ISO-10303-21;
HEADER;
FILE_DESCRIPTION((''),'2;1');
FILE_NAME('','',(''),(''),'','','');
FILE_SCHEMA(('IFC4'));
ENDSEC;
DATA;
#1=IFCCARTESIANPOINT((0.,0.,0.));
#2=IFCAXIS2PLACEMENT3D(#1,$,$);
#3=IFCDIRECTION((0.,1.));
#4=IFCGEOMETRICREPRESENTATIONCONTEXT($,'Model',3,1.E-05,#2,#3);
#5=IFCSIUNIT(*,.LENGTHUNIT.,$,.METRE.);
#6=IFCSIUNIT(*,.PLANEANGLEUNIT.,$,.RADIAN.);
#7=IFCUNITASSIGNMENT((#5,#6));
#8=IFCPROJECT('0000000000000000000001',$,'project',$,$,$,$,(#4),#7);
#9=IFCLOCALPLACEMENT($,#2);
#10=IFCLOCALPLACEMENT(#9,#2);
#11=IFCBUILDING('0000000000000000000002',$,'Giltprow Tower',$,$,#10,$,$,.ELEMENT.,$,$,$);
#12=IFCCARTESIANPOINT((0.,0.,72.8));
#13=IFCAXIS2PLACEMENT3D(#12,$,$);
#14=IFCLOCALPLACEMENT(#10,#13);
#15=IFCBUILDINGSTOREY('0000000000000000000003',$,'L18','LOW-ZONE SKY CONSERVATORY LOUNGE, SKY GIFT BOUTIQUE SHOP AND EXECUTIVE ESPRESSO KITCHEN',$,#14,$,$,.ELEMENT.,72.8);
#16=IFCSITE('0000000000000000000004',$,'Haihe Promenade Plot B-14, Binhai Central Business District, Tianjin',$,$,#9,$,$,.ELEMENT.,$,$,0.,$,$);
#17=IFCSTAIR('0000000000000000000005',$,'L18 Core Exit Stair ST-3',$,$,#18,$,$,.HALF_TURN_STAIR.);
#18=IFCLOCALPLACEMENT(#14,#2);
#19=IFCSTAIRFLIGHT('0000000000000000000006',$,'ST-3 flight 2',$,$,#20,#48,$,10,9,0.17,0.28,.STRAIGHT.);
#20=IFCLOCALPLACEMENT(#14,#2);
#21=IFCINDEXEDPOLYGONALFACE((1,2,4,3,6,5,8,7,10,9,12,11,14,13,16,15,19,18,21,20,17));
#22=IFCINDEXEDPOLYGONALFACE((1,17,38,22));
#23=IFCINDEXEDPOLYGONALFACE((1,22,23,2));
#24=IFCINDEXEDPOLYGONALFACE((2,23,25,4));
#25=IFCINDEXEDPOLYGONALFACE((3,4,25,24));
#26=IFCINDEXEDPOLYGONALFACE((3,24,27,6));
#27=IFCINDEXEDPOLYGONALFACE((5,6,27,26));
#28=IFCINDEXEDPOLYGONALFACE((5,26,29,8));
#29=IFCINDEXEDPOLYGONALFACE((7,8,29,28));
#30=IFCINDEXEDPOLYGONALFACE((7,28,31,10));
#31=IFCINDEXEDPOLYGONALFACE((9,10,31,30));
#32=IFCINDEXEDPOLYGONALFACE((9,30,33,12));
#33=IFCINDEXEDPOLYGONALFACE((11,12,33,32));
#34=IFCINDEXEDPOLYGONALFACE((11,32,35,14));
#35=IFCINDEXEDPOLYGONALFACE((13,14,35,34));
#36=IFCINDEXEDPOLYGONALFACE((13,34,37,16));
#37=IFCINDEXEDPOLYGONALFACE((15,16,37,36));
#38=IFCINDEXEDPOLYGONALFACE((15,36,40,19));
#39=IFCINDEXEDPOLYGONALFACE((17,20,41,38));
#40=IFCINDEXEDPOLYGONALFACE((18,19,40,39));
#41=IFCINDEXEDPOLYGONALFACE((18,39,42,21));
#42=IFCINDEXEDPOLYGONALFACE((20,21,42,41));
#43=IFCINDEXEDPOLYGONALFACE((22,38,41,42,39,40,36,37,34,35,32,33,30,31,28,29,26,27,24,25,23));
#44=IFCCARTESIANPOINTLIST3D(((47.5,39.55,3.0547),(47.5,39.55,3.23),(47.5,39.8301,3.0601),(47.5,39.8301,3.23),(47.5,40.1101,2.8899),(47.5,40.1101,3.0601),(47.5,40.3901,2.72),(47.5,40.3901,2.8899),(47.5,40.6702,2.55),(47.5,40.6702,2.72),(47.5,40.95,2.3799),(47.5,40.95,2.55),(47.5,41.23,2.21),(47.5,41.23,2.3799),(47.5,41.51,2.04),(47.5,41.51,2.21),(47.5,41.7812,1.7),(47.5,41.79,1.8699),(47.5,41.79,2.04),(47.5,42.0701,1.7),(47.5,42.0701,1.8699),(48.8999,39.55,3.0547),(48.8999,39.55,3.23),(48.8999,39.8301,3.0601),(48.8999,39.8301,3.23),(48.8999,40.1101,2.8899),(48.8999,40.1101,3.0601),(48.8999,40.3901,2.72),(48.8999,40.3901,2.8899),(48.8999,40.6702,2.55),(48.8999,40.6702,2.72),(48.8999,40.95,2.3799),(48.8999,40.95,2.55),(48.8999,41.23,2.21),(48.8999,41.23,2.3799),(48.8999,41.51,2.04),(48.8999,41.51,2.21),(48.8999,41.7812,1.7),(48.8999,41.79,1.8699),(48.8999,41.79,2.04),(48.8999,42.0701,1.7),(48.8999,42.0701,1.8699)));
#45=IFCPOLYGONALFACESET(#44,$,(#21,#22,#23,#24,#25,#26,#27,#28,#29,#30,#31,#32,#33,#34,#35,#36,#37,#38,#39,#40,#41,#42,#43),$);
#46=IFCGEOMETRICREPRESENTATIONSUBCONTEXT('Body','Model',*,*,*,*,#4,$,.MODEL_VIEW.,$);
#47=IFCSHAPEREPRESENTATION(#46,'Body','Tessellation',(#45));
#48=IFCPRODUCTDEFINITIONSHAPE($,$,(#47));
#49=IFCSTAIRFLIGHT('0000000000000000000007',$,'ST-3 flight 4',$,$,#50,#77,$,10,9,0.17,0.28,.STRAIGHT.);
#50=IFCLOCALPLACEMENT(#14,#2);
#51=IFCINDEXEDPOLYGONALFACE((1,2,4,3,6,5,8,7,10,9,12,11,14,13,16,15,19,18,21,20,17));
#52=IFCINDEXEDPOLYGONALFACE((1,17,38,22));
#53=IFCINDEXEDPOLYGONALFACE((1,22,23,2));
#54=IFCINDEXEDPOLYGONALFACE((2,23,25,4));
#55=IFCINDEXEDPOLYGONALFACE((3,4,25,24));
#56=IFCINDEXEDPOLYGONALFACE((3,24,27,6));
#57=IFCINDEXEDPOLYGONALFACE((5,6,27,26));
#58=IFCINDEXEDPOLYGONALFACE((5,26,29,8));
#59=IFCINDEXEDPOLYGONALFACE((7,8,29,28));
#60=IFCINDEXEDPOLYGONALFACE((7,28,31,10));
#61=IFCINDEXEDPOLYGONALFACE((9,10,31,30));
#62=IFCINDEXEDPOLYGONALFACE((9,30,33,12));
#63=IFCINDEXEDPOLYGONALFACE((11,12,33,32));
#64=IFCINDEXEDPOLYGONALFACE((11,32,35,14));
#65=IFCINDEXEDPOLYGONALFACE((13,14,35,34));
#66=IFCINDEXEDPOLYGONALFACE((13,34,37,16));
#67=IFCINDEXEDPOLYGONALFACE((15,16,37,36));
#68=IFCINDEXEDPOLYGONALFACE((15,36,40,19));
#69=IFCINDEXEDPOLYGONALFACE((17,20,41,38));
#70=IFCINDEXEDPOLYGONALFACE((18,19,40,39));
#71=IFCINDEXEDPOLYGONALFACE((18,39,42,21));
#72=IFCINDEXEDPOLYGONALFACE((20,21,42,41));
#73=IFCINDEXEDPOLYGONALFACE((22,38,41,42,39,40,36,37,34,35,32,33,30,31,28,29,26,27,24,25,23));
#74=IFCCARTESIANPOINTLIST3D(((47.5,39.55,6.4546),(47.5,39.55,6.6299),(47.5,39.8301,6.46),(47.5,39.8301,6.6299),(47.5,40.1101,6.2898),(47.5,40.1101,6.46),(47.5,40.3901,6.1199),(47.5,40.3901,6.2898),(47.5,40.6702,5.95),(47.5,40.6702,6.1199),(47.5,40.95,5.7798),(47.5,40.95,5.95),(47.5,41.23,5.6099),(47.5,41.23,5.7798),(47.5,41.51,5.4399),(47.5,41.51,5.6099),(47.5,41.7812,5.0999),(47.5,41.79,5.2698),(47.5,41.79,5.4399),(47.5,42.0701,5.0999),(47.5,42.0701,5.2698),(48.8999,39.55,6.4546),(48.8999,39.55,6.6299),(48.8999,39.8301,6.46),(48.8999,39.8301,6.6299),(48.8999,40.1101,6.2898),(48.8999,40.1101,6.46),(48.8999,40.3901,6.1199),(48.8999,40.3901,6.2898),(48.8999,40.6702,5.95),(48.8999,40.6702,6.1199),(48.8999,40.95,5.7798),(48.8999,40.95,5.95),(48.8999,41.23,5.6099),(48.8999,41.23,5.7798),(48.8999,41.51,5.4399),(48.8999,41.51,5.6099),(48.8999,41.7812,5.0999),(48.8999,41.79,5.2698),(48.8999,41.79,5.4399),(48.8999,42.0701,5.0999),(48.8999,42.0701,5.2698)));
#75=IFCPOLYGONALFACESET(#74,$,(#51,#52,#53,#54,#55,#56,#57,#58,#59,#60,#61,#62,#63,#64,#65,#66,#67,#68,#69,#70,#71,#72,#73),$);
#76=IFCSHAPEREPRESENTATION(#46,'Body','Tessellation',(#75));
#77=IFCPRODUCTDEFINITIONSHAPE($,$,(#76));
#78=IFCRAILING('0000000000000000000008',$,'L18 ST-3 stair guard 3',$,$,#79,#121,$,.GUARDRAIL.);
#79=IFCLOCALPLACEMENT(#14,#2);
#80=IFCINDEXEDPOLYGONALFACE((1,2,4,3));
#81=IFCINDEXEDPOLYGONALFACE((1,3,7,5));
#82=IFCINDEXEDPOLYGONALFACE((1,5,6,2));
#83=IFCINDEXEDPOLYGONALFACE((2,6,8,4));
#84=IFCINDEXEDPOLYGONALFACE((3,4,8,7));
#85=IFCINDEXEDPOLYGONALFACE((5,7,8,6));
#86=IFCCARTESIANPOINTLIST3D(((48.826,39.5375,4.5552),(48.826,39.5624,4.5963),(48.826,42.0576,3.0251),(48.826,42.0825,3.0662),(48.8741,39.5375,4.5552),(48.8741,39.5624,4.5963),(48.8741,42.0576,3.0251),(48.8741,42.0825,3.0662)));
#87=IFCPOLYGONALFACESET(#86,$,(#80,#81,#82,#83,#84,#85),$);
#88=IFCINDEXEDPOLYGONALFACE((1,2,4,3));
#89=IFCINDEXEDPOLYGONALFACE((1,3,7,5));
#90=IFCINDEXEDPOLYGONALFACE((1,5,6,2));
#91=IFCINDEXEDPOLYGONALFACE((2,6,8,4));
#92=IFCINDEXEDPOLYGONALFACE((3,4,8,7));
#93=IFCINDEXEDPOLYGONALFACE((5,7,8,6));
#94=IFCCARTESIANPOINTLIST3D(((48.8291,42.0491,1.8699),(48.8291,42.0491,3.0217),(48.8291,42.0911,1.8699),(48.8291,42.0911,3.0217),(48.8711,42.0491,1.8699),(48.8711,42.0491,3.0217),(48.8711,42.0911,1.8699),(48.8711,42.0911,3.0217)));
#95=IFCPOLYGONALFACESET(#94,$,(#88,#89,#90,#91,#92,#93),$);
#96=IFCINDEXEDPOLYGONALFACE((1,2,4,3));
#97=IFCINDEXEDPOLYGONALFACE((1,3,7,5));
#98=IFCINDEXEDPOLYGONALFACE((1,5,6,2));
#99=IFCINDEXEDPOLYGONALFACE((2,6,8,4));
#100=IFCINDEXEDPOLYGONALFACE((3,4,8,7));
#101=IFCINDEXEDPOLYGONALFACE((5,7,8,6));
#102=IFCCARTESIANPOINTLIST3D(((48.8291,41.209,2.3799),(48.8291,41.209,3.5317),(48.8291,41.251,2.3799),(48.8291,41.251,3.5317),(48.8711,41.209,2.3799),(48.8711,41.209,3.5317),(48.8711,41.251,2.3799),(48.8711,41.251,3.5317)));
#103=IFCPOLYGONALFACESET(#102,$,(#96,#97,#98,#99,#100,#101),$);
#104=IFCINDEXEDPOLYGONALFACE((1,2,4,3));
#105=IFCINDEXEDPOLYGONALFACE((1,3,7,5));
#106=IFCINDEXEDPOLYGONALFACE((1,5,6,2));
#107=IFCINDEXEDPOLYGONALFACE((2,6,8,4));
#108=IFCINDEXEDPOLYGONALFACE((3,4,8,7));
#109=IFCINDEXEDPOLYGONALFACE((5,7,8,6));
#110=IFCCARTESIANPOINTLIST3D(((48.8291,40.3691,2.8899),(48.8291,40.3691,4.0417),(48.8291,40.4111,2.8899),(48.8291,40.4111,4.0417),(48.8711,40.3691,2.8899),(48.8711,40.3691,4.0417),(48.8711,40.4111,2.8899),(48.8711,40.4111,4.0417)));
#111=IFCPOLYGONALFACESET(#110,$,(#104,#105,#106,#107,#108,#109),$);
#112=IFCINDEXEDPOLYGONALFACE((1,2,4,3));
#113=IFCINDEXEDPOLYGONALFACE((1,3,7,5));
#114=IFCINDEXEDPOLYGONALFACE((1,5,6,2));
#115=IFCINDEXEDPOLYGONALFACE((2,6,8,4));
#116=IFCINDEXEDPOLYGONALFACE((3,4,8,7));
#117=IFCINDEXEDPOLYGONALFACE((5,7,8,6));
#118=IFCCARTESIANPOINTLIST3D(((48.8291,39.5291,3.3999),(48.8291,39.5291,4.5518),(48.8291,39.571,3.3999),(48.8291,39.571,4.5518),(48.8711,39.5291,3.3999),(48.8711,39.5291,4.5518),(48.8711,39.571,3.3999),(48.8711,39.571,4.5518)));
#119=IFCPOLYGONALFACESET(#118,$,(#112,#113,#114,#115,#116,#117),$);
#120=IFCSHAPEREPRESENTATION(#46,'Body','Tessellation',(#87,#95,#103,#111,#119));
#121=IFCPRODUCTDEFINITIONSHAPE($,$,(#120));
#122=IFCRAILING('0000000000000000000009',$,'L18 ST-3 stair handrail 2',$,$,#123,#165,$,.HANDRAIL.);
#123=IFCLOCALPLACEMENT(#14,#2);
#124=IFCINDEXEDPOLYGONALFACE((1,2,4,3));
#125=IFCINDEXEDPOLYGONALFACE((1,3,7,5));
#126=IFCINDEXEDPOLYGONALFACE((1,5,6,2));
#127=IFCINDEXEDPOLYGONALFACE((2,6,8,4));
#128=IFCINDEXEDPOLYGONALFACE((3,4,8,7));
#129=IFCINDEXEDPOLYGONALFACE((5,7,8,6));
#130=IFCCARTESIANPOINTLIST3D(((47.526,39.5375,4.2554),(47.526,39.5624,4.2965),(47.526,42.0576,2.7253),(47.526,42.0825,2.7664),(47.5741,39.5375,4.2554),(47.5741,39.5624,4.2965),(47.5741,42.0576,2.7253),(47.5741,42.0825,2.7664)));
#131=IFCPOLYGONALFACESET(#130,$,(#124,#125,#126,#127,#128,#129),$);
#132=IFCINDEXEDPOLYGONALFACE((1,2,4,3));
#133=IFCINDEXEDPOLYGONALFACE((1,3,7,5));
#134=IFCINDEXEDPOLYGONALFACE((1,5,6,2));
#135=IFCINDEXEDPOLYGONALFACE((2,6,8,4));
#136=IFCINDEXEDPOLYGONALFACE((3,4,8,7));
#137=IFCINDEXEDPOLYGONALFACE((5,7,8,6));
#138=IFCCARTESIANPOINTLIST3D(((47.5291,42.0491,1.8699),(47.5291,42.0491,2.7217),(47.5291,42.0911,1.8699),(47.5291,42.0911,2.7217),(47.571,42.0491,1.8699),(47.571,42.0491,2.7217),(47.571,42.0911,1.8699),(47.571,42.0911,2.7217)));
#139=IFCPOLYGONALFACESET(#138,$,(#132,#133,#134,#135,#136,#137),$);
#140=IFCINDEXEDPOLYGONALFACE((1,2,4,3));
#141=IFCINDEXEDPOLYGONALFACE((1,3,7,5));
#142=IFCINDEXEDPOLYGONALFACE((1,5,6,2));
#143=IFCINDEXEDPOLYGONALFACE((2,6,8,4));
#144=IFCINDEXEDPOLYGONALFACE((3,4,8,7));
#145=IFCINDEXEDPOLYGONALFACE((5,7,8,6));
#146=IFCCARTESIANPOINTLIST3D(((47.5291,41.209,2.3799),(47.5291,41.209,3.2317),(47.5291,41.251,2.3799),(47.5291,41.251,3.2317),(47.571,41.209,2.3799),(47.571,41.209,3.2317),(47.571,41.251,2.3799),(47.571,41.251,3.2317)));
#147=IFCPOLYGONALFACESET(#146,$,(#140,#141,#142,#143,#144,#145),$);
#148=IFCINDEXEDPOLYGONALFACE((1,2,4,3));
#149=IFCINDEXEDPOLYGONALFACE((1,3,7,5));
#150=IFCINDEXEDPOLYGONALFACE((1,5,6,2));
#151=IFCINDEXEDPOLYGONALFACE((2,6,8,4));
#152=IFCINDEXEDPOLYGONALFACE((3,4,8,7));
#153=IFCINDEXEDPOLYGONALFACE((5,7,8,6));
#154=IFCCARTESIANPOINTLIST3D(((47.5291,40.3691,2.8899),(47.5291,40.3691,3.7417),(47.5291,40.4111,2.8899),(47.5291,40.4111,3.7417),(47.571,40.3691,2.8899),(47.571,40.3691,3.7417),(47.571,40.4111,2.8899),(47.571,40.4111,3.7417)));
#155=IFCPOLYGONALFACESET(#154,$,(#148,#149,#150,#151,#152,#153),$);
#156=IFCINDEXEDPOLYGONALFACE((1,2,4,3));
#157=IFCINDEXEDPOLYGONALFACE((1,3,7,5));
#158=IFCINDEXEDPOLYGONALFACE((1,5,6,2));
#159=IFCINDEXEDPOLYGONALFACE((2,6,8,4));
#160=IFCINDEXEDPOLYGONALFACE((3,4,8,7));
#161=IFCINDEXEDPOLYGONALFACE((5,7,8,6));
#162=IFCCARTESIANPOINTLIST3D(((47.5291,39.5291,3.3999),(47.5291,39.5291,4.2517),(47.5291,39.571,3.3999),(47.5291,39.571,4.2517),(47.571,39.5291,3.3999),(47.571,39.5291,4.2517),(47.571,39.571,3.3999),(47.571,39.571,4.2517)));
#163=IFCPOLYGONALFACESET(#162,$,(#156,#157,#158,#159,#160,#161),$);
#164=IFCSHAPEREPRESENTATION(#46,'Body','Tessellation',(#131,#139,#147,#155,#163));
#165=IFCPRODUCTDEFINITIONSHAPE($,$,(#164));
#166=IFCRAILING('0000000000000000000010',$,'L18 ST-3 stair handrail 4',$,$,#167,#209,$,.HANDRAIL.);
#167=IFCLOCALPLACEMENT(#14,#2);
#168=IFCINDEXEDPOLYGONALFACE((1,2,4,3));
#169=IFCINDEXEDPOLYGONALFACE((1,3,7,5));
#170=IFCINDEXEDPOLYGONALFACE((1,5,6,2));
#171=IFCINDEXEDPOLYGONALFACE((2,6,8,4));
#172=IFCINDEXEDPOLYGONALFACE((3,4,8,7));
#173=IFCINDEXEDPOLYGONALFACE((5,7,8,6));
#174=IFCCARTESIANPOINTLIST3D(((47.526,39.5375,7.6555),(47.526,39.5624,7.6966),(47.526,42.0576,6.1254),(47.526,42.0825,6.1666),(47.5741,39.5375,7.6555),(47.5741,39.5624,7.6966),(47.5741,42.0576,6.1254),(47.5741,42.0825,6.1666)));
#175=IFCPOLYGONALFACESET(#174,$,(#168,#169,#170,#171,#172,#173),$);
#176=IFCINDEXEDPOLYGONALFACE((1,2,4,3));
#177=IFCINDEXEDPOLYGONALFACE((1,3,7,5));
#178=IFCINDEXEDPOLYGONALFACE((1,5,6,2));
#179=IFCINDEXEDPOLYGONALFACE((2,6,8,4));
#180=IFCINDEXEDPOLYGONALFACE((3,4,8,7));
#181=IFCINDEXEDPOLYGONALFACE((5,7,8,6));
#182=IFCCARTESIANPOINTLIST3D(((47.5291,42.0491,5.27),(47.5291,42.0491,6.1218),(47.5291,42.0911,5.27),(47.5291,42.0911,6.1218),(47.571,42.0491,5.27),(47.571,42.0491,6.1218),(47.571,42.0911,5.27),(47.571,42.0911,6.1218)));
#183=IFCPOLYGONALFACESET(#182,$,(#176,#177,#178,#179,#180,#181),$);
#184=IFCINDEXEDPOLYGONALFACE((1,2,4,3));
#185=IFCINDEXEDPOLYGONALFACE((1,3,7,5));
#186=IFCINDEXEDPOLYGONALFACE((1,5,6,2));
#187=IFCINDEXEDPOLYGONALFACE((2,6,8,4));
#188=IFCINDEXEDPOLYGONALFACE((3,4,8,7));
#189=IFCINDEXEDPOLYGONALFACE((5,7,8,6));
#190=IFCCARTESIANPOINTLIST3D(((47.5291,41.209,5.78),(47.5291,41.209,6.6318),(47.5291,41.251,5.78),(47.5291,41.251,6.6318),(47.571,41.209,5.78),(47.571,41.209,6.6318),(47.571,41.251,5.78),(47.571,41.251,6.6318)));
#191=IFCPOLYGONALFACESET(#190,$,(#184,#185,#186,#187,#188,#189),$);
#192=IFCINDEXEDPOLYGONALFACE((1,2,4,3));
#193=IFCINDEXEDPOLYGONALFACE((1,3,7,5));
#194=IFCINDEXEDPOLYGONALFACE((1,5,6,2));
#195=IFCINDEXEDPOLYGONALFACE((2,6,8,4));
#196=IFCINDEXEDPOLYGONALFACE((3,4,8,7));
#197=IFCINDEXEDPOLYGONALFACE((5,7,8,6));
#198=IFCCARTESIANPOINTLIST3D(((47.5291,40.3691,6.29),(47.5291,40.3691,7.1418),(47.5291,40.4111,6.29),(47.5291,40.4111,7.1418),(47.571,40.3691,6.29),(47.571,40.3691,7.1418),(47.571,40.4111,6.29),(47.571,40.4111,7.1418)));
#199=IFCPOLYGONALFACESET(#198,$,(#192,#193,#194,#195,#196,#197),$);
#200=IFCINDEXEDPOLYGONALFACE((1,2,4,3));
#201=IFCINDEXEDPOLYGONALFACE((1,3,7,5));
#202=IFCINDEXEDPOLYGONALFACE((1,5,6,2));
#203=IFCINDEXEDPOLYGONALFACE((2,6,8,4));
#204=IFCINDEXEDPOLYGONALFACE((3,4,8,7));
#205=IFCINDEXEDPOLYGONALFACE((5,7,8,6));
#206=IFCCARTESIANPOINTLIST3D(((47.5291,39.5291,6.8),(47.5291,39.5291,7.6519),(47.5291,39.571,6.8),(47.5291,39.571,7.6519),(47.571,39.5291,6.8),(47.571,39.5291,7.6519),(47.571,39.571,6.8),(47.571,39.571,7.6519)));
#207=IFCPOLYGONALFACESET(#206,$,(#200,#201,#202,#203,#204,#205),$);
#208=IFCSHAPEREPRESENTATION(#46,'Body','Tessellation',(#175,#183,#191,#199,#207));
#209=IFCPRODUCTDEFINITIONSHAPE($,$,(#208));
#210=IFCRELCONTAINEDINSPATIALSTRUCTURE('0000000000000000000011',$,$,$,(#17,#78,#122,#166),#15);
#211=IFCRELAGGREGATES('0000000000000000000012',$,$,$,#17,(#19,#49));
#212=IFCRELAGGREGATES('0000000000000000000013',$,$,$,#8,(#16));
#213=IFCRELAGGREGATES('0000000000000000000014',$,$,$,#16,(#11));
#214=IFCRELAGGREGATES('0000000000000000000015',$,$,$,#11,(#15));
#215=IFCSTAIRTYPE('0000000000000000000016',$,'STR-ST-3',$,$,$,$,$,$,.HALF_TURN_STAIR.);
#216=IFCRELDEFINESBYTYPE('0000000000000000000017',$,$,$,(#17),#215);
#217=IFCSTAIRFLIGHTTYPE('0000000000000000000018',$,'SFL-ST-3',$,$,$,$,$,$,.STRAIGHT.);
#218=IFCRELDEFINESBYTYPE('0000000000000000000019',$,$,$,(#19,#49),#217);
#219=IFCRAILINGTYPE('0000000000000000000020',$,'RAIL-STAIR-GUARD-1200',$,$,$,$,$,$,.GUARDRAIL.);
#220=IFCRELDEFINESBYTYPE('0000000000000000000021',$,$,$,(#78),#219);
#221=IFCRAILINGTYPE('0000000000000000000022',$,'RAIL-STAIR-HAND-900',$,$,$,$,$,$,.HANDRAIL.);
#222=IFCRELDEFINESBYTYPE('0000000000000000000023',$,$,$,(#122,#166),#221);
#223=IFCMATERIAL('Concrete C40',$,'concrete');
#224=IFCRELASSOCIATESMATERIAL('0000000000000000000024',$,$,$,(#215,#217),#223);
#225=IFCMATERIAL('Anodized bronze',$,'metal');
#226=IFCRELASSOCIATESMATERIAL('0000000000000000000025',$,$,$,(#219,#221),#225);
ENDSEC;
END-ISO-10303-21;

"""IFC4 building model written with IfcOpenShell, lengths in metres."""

from ifc_helpers import new_model, si_unit, direction, frame, origin, origin_2d, place, context, subcontext, project, spatial, polyline, rectangle, outline, extrude, material, type_object, element, aggregate, save


model = new_model("IFC4")

# Units and contexts
model_context = context("Model", 3, precision=1e-05, world=origin(), true_north=direction((0.0, 1.0)))
body_context = subcontext(model_context, "Body", "Model", "MODEL_VIEW")
ifc_project = project(units=[si_unit("LENGTHUNIT", "METRE"), si_unit("PLANEANGLEUNIT", "RADIAN")], contexts=[model_context])

# Site, building, storey
site_placement = place(None, origin())
site = spatial("IfcSite", under=ifc_project, at=site_placement, Name="Haihe Promenade Plot B-14, Binhai Central Business District, Tianjin", CompositionType="ELEMENT", RefElevation=0.0)
building_placement = place(site_placement, origin())
building = spatial("IfcBuilding", under=site, at=building_placement, Name="Giltprow Tower", CompositionType="ELEMENT")
storey_placement = place(building_placement, frame((0.0, 0.0, 72.8)))
storey = spatial("IfcBuildingStorey", under=building, at=storey_placement, Name="L18", Description="LOW-ZONE SKY CONSERVATORY LOUNGE, SKY GIFT BOUTIQUE SHOP AND EXECUTIVE ESPRESSO KITCHEN", CompositionType="ELEMENT", Elevation=72.8)

# Shared definitions
ifc_material_1 = material(Name="Concrete C40", Category="concrete")

# Stair, stair flights
stair_type = type_object("IfcStairType", Name="STR-ST-3", PredefinedType="HALF_TURN_STAIR", material=ifc_material_1)
stair_placement = place(storey_placement, origin())
stair = element("IfcStair", 1, at=stair_placement, inside=storey, type_object=stair_type, Name="L18 Core Exit Stair ST-3", PredefinedType="HALF_TURN_STAIR")
stair_flight_type = type_object("IfcStairFlightType", Name="SFL-ST-3", PredefinedType="STRAIGHT", material=ifc_material_1)
stair_flight_1_placement = place(storey_placement, frame((48.2, 42.0701, 1.7), z_axis=(0.0, 0.0, 1.0), x_axis=(0.0, -1.0, 0.0)))
stair_flight_1 = element("IfcStairFlight", 2, at=stair_flight_1_placement, type_object=stair_flight_type, Name="ST-3 flight 2", NumberOfRisers=10, NumberOfTreads=9, PredefinedType="STRAIGHT", RiserHeight=0.17, TreadLength=0.28, context=body_context, shape_type="SweptSolid", body=[
    extrude(outline(polyline([(0.0, 0.0), (0.0, 0.1699), (0.28, 0.1699), (0.28, 0.3401), (0.5601, 0.3401), (0.5601, 0.51), (0.8401, 0.51), (0.8401, 0.6799), (1.1201, 0.6799), (1.1201, 0.8501), (1.3999, 0.8501), (1.3999, 1.02), (1.6799, 1.02), (1.6799, 1.1899), (1.96, 1.1899), (1.96, 1.3601), (2.24, 1.3601), (2.24, 1.53), (2.52, 1.53), (2.52, 1.7), (2.52, 1.3547), (0.2888, 0.0), (0.0, 0.0)])), frame((0.0, 0.7, 0.0), z_axis=(0.0, -1.0, 0.0), x_axis=(1.0, 0.0, 0.0)), (0.0, 0.0, 1.0), 1.3999),
])
stair_flight_2_placement = place(storey_placement, frame((48.2, 42.0701, 5.0999), z_axis=(0.0, 0.0, 1.0), x_axis=(0.0, -1.0, 0.0)))
stair_flight_2 = element("IfcStairFlight", 3, at=stair_flight_2_placement, type_object=stair_flight_type, Name="ST-3 flight 4", NumberOfRisers=10, NumberOfTreads=9, PredefinedType="STRAIGHT", RiserHeight=0.17, TreadLength=0.28, context=body_context, shape_type="SweptSolid", body=[
    extrude(outline(polyline([(0.0, 0.0), (0.0, 0.1699), (0.28, 0.1699), (0.28, 0.3401), (0.5601, 0.3401), (0.5601, 0.51), (0.8401, 0.51), (0.8401, 0.6799), (1.1201, 0.6799), (1.1201, 0.8501), (1.3999, 0.8501), (1.3999, 1.02), (1.6799, 1.02), (1.6799, 1.1899), (1.96, 1.1899), (1.96, 1.3601), (2.24, 1.3601), (2.24, 1.53), (2.52, 1.53), (2.52, 1.7), (2.52, 1.3547), (0.2888, 0.0), (0.0, 0.0)])), frame((0.0, 0.7, 0.0), z_axis=(0.0, -1.0, 0.0), x_axis=(1.0, 0.0, 0.0)), (0.0, 0.0, 1.0), 1.3999),
])
aggregate(stair, [stair_flight_1, stair_flight_2])

# Railings
ifc_material_2 = material(Name="Anodized bronze", Category="metal")
railing_type_1 = type_object("IfcRailingType", Name="RAIL-STAIR-GUARD-1200", PredefinedType="GUARDRAIL", material=ifc_material_2)
railing_placement = place(storey_placement, frame((48.8501, 42.0701, 1.8699)))
element("IfcRailing", 4, at=railing_placement, inside=storey, type_object=railing_type_1, Name="L18 ST-3 stair guard 3", PredefinedType="GUARDRAIL", context=body_context, shape_type="SweptSolid", body=[
    extrude(rectangle(XDim=0.0481, YDim=0.0481, at=origin_2d()), frame((0.0, 0.0, 1.1758), z_axis=(0.0, -0.854785, 0.518982), x_axis=(1.0, 0.0, 0.0)), (0.0, 0.0, 1.0), 2.9482),
    extrude(rectangle(XDim=0.042, YDim=0.042, at=origin_2d()), origin(), (0.0, 0.0, 1.0), 1.1519),
    extrude(rectangle(XDim=0.042, YDim=0.042, at=origin_2d()), frame((0.0, -0.8401, 0.51)), (0.0, 0.0, 1.0), 1.1519),
    extrude(rectangle(XDim=0.042, YDim=0.042, at=origin_2d()), frame((0.0, -1.6799, 1.02)), (0.0, 0.0, 1.0), 1.1519),
    extrude(rectangle(XDim=0.042, YDim=0.042, at=origin_2d()), frame((0.0, -2.52, 1.53)), (0.0, 0.0, 1.0), 1.1519),
])
railing_type_2 = type_object("IfcRailingType", Name="RAIL-STAIR-HAND-900", PredefinedType="HANDRAIL", material=ifc_material_2)
for number, where, name in (
    (5, (47.55, 42.0701, 1.8699), "L18 ST-3 stair handrail 2"),
    (6, (47.55, 42.0701, 5.27), "L18 ST-3 stair handrail 4"),
):
    element("IfcRailing", number, at=place(storey_placement, frame(where)), inside=storey, type_object=railing_type_2, Name=name, PredefinedType="HANDRAIL", context=body_context, shape_type="SweptSolid", body=[
        extrude(rectangle(XDim=0.0481, YDim=0.0481, at=origin_2d()), frame((0.0, 0.0, 0.876), z_axis=(0.0, -0.854785, 0.518982), x_axis=(1.0, 0.0, 0.0)), (0.0, 0.0, 1.0), 2.9482),
        extrude(rectangle(XDim=0.042, YDim=0.042, at=origin_2d()), origin(), (0.0, 0.0, 1.0), 0.8518),
        extrude(rectangle(XDim=0.042, YDim=0.042, at=origin_2d()), frame((0.0, -0.8401, 0.51)), (0.0, 0.0, 1.0), 0.8518),
        extrude(rectangle(XDim=0.042, YDim=0.042, at=origin_2d()), frame((0.0, -1.6799, 1.02)), (0.0, 0.0, 1.0), 0.8518),
        extrude(rectangle(XDim=0.042, YDim=0.042, at=origin_2d()), frame((0.0, -2.52, 1.53)), (0.0, 0.0, 1.0), 0.8518),
    ])

save(model, "model.ifc")
